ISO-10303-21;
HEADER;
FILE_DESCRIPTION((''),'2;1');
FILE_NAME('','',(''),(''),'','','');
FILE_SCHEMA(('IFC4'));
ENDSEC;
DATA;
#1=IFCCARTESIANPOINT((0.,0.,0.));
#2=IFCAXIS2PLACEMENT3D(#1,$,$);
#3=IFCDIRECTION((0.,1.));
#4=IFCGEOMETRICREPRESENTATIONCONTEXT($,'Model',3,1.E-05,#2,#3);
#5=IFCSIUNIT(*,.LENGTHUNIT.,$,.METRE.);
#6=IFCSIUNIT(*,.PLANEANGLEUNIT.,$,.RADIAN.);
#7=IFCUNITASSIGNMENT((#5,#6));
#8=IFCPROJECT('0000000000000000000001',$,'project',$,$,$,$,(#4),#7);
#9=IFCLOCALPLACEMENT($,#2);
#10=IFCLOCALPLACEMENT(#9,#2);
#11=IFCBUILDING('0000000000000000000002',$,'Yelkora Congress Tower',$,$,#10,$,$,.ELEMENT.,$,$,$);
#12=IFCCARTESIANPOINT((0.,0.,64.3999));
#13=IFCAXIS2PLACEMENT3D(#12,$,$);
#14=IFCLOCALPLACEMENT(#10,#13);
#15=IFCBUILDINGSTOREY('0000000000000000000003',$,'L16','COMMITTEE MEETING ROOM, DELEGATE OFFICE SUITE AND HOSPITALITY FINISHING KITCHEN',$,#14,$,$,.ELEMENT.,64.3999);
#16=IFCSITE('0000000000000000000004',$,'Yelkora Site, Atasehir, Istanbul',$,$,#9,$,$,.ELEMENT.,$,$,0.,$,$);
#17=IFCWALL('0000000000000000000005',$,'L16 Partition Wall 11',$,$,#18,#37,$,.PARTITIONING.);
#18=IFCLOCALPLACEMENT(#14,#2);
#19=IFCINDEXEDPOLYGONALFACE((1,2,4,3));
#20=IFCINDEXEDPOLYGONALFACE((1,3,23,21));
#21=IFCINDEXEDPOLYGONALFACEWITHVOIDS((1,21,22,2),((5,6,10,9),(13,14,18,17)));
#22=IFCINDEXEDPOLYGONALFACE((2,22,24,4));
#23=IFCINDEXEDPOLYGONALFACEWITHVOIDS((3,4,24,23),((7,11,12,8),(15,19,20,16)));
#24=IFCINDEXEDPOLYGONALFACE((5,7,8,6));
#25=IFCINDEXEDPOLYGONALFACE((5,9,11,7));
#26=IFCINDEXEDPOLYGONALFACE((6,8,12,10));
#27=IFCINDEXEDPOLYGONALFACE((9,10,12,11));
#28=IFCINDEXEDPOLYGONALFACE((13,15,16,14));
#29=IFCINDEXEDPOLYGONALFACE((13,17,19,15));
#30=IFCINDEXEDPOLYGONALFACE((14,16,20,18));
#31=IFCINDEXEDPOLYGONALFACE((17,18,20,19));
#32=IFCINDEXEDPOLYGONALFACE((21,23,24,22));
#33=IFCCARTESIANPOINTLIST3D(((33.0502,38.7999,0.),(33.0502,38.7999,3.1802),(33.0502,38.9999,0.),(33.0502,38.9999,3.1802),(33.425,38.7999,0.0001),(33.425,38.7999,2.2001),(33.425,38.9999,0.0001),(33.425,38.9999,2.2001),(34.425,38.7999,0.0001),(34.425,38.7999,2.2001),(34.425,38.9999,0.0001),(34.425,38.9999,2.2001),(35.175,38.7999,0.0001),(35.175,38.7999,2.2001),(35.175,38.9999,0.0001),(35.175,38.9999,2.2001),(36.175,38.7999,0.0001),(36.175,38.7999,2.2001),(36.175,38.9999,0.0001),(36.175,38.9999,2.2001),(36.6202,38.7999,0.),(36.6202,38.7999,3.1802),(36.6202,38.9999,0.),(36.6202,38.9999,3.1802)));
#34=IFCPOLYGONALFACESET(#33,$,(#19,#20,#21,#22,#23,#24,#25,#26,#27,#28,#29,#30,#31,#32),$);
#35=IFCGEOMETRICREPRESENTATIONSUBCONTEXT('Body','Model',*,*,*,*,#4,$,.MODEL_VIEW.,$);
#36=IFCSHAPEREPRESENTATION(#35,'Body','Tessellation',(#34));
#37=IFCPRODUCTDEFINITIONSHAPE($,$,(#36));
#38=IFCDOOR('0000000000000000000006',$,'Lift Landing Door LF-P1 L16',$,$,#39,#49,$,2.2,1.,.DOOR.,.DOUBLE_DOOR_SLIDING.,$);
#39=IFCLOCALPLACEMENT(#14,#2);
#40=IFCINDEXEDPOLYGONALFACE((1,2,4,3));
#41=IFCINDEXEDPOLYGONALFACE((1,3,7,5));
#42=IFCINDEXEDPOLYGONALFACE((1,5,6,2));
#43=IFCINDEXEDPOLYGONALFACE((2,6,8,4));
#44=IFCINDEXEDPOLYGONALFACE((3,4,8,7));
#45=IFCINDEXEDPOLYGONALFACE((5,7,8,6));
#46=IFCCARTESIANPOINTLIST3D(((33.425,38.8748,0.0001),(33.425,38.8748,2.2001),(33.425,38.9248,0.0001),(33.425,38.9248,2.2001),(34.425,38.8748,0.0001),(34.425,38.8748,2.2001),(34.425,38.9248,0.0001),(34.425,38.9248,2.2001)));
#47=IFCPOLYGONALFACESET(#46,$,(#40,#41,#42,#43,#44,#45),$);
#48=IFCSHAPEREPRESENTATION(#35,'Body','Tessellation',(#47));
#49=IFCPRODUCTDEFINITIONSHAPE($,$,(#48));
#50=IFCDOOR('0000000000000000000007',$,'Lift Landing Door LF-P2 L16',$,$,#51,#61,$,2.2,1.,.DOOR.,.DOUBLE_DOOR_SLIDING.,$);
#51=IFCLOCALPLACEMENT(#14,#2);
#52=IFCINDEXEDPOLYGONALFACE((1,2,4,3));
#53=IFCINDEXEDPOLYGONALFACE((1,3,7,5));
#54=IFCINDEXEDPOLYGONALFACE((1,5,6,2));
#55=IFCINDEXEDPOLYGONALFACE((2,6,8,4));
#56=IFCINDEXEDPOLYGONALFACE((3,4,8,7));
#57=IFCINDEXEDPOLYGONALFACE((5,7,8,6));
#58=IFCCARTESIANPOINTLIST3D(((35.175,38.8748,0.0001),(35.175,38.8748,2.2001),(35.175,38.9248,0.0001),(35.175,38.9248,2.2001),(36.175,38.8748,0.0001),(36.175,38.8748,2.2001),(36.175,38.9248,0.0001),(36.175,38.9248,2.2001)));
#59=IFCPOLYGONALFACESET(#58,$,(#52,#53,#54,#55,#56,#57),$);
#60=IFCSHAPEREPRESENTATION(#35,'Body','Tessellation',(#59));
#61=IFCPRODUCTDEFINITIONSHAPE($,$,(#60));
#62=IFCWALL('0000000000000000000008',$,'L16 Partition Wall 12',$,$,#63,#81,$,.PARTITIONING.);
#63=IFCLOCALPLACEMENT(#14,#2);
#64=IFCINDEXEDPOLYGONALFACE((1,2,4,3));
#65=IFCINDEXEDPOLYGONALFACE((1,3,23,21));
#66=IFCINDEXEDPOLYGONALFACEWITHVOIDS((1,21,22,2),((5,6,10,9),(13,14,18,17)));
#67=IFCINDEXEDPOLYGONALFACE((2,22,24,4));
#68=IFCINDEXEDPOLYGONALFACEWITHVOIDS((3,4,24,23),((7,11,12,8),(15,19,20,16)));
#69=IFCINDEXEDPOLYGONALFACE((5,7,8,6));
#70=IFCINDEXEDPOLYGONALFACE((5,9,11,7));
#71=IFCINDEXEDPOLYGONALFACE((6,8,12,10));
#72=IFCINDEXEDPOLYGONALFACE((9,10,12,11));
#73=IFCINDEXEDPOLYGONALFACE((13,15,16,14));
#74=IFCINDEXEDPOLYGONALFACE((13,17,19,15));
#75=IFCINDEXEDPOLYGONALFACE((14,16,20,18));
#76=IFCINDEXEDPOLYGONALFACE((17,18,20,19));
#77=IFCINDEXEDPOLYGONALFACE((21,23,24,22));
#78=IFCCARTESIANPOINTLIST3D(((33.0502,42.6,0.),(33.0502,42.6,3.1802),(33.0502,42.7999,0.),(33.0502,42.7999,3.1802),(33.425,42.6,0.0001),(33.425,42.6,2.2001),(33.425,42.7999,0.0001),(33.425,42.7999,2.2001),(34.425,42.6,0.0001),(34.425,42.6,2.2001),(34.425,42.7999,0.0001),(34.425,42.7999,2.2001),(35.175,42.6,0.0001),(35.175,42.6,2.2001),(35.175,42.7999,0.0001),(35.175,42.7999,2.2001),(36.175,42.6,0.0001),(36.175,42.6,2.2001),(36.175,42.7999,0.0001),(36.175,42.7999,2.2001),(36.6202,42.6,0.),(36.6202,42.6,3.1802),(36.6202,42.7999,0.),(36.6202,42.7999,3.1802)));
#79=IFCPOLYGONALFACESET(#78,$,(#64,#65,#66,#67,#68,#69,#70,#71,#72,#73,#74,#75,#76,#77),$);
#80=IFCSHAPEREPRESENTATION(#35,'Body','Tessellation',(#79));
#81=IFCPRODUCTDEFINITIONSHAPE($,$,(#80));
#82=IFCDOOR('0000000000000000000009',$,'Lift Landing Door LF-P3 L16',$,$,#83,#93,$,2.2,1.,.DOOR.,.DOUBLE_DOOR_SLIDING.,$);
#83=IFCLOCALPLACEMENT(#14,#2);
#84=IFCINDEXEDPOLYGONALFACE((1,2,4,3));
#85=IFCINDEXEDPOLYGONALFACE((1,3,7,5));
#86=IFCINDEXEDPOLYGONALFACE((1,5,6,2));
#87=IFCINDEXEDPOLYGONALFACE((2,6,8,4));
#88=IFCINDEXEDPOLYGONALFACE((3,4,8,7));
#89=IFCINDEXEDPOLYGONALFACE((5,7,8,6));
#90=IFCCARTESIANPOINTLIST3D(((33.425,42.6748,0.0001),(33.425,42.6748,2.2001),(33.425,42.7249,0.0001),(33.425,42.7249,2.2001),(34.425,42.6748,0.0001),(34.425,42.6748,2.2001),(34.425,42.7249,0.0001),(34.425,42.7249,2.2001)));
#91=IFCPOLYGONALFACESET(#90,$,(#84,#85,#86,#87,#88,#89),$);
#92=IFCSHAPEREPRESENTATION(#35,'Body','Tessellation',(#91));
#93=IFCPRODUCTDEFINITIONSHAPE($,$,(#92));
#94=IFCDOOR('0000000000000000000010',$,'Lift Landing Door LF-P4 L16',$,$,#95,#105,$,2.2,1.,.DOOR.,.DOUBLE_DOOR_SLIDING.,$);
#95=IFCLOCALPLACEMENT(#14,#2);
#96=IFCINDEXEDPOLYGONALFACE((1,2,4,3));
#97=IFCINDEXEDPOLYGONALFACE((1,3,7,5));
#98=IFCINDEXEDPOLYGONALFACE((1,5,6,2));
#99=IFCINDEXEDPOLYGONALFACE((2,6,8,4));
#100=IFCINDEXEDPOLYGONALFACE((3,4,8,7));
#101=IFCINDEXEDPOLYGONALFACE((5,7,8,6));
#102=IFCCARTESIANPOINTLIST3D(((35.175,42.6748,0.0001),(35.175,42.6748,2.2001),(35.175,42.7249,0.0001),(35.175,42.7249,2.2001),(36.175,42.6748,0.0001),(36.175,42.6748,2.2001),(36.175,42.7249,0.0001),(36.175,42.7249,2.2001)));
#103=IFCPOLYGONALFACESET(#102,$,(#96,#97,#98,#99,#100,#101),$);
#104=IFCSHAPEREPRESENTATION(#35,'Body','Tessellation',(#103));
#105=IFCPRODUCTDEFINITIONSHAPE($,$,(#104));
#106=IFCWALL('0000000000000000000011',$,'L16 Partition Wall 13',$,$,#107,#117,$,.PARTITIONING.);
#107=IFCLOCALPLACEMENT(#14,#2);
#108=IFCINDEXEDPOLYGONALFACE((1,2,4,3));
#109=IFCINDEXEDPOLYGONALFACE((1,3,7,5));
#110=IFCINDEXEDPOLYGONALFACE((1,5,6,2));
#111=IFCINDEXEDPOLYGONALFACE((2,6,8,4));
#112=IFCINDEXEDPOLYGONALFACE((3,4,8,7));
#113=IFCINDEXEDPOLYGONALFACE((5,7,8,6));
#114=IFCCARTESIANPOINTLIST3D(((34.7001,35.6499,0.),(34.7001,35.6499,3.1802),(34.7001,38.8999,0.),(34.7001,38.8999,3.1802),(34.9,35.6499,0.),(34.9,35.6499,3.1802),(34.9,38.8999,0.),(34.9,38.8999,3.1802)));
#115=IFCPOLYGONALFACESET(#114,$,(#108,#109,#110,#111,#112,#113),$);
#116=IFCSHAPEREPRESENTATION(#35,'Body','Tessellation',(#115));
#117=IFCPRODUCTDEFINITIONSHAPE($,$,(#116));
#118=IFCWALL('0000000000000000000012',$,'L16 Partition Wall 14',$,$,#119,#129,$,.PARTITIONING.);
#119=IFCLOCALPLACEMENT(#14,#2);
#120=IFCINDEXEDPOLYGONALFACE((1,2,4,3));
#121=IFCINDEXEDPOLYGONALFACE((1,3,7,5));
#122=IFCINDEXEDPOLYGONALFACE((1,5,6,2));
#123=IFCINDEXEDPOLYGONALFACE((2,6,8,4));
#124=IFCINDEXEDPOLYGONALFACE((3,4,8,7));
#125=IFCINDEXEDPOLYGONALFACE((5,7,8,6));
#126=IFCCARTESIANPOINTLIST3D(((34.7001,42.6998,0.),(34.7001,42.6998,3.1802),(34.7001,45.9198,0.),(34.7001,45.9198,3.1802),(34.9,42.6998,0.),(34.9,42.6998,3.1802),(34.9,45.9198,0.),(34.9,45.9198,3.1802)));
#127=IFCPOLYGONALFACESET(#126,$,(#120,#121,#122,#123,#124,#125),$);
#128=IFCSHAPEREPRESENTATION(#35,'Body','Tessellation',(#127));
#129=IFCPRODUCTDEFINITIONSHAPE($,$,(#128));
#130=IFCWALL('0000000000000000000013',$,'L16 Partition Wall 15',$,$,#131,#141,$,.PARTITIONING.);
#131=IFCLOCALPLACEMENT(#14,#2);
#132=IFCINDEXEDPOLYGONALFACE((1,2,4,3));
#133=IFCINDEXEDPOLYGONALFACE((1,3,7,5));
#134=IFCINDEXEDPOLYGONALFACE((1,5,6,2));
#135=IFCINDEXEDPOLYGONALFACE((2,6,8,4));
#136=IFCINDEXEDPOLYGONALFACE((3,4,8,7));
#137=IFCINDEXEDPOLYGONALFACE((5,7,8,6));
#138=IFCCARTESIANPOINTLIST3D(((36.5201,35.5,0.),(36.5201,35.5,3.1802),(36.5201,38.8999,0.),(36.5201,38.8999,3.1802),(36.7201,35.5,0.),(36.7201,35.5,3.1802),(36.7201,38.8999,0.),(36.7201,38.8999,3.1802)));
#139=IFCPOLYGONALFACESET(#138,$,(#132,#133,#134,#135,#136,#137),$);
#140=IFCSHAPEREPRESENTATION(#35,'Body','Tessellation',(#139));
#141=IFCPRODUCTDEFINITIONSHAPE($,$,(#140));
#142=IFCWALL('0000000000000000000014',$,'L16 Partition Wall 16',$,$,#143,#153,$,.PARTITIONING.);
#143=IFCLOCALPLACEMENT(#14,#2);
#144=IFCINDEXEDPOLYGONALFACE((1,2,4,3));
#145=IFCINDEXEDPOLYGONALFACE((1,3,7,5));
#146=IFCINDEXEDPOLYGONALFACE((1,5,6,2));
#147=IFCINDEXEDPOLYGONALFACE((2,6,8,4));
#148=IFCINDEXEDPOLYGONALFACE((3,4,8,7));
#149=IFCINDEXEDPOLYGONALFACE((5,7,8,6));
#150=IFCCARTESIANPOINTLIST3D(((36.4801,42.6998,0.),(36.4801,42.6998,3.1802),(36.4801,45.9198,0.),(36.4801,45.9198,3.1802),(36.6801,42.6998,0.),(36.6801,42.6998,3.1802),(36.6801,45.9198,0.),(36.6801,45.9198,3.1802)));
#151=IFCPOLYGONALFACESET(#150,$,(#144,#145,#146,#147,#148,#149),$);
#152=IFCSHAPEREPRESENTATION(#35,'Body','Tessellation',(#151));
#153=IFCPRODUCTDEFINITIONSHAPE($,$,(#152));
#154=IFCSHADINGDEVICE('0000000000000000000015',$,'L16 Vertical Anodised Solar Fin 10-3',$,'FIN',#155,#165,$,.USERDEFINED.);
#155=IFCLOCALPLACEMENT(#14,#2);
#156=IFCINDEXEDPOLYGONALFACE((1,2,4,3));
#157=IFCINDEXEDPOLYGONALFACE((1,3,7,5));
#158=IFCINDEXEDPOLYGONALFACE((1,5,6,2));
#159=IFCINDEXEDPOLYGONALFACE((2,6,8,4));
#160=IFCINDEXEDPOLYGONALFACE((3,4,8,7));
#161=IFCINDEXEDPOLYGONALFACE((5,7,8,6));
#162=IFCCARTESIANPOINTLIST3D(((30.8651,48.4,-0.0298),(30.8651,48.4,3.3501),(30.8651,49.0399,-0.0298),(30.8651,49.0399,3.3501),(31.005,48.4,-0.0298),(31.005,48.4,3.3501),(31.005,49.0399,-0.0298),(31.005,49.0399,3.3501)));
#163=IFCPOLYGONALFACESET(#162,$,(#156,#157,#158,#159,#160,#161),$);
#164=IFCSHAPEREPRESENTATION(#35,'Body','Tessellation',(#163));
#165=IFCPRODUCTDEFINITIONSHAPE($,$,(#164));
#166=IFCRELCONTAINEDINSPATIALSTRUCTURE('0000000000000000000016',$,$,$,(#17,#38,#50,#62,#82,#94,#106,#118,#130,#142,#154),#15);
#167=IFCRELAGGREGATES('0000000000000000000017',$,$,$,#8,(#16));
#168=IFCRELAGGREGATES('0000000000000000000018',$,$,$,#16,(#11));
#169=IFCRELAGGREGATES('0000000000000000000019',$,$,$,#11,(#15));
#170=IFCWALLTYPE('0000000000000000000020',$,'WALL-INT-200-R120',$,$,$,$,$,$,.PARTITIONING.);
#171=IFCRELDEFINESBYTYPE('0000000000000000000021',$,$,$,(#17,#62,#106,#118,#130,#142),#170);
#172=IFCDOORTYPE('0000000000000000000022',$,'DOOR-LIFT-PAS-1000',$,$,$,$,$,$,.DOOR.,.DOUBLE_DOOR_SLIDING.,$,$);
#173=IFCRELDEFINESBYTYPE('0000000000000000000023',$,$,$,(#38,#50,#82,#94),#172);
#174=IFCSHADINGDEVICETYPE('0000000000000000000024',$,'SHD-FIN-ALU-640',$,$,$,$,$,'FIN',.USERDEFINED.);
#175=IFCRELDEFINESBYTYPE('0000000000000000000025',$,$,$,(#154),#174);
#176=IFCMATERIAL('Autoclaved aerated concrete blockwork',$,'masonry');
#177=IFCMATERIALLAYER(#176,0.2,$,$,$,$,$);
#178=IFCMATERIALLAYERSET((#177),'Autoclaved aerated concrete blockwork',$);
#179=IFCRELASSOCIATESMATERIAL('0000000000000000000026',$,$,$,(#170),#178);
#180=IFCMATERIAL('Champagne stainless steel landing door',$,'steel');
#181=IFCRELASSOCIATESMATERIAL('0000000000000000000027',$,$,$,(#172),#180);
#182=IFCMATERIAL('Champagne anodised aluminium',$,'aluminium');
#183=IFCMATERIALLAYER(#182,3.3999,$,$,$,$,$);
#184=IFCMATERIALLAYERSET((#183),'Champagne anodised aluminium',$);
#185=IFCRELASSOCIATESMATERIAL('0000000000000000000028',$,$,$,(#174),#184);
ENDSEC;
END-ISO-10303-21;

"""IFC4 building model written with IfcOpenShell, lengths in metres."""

from ifc_helpers import new_model, si_unit, direction, frame, frame_2d, origin, origin_2d, place, context, subcontext, project, spatial, rectangle, extrude, material, layer, layer_set, type_object, element, fill, save


model = new_model("IFC4")

# Units and contexts
model_context = context("Model", 3, precision=1e-05, world=origin(), true_north=direction((0.0, 1.0)))
body_context = subcontext(model_context, "Body", "Model", "MODEL_VIEW")
ifc_project = project(units=[si_unit("LENGTHUNIT", "METRE"), si_unit("PLANEANGLEUNIT", "RADIAN")], contexts=[model_context])

# Site, building, storey
site_placement = place(None, origin())
site = spatial("IfcSite", under=ifc_project, at=site_placement, Name="Yelkora Site, Atasehir, Istanbul", CompositionType="ELEMENT", RefElevation=0.0)
building_placement = place(site_placement, origin())
building = spatial("IfcBuilding", under=site, at=building_placement, Name="Yelkora Congress Tower", CompositionType="ELEMENT")
storey_placement = place(building_placement, frame((0.0, 0.0, 64.3999)))
storey = spatial("IfcBuildingStorey", under=building, at=storey_placement, Name="L16", Description="COMMITTEE MEETING ROOM, DELEGATE OFFICE SUITE AND HOSPITALITY FINISHING KITCHEN", CompositionType="ELEMENT", Elevation=64.3999)

# Shared definitions
ifc_material_1 = material(Name="Autoclaved aerated concrete blockwork", Category="masonry")
ifc_layer_1 = layer(ifc_material_1, 0.2)
ifc_layer_set_1 = layer_set([ifc_layer_1], Name="Autoclaved aerated concrete blockwork")
wall_type_1 = type_object("IfcWallType", Name="WALL-INT-200-R120", PredefinedType="PARTITIONING", material=ifc_layer_set_1)

# Walls, openings, doors
wall_1_placement = place(storey_placement, frame((33.05, 38.8999, 0.0), z_axis=(0.0, 0.0, 1.0), x_axis=(1.0, 0.0, 0.0)))
wall_1 = element("IfcWall", 1, at=wall_1_placement, inside=storey, type_object=wall_type_1, Name="L16 Partition Wall 11", PredefinedType="PARTITIONING", context=body_context, shape_type="SweptSolid", body=[
    extrude(rectangle(XDim=3.5701, YDim=0.2, at=frame_2d((1.7852, 0.0))), origin(), (0.0, 0.0, 1.0), 3.1802),
])
opening_1_placement = place(wall_1_placement, frame((0.375, 0.0, 0.0)))
opening_1 = element("IfcOpeningElement", 2, at=opening_1_placement, cuts=wall_1, PredefinedType="OPENING", context=body_context, shape_type="SweptSolid", body=[
    extrude(rectangle(XDim=1.0, YDim=2.2, at=frame_2d((0.5, 1.1001))), frame((0.0, 0.1099, 0.0), z_axis=(0.0, -1.0, 0.0), x_axis=(1.0, 0.0, 0.0)), (0.0, 0.0, 1.0), 0.22),
])
opening_2_placement = place(wall_1_placement, frame((2.125, 0.0, 0.0)))
opening_2 = element("IfcOpeningElement", 3, at=opening_2_placement, cuts=wall_1, PredefinedType="OPENING", context=body_context, shape_type="SweptSolid", body=[
    extrude(rectangle(XDim=1.0, YDim=2.2, at=frame_2d((0.5, 1.1001))), frame((0.0, 0.1099, 0.0), z_axis=(0.0, -1.0, 0.0), x_axis=(1.0, 0.0, 0.0)), (0.0, 0.0, 1.0), 0.22),
])
ifc_material_2 = material(Name="Champagne stainless steel landing door", Category="steel")
door_type_1 = type_object("IfcDoorType", Name="DOOR-LIFT-PAS-1000", OperationType="DOUBLE_DOOR_SLIDING", PredefinedType="DOOR", material=ifc_material_2)
door_1_placement = place(opening_1_placement, origin())
door_1 = element("IfcDoor", 4, at=door_1_placement, inside=storey, type_object=door_type_1, Name="Lift Landing Door LF-P1 L16", OperationType="DOUBLE_DOOR_SLIDING", OverallHeight=2.2, OverallWidth=1.0, PredefinedType="DOOR", context=body_context, shape_type="SweptSolid", body=[
    extrude(rectangle(XDim=1.0, YDim=2.2, at=frame_2d((0.5, 1.1001))), frame((0.0, 0.0249, 0.0), z_axis=(0.0, -1.0, 0.0), x_axis=(1.0, 0.0, 0.0)), (0.0, 0.0, 1.0), 0.05),
])
fill(opening_1, door_1)
door_2_placement = place(opening_2_placement, origin())
door_2 = element("IfcDoor", 5, at=door_2_placement, inside=storey, type_object=door_type_1, Name="Lift Landing Door LF-P2 L16", OperationType="DOUBLE_DOOR_SLIDING", OverallHeight=2.2, OverallWidth=1.0, PredefinedType="DOOR", context=body_context, shape_type="SweptSolid", body=[
    extrude(rectangle(XDim=1.0, YDim=2.2, at=frame_2d((0.5, 1.1001))), frame((0.0, 0.0249, 0.0), z_axis=(0.0, -1.0, 0.0), x_axis=(1.0, 0.0, 0.0)), (0.0, 0.0, 1.0), 0.05),
])
fill(opening_2, door_2)
wall_2_placement = place(storey_placement, frame((33.05, 42.7, 0.0), z_axis=(0.0, 0.0, 1.0), x_axis=(1.0, 0.0, 0.0)))
wall_2 = element("IfcWall", 6, at=wall_2_placement, inside=storey, type_object=wall_type_1, Name="L16 Partition Wall 12", PredefinedType="PARTITIONING", context=body_context, shape_type="SweptSolid", body=[
    extrude(rectangle(XDim=3.5701, YDim=0.2, at=frame_2d((1.7852, 0.0))), origin(), (0.0, 0.0, 1.0), 3.1802),
])
opening_3_placement = place(wall_2_placement, frame((0.375, 0.0, 0.0)))
opening_3 = element("IfcOpeningElement", 7, at=opening_3_placement, cuts=wall_2, PredefinedType="OPENING", context=body_context, shape_type="SweptSolid", body=[
    extrude(rectangle(XDim=1.0, YDim=2.2, at=frame_2d((0.5, 1.1001))), frame((0.0, 0.1099, 0.0), z_axis=(0.0, -1.0, 0.0), x_axis=(1.0, 0.0, 0.0)), (0.0, 0.0, 1.0), 0.22),
])
opening_4_placement = place(wall_2_placement, frame((2.125, 0.0, 0.0)))
opening_4 = element("IfcOpeningElement", 8, at=opening_4_placement, cuts=wall_2, PredefinedType="OPENING", context=body_context, shape_type="SweptSolid", body=[
    extrude(rectangle(XDim=1.0, YDim=2.2, at=frame_2d((0.5, 1.1001))), frame((0.0, 0.1099, 0.0), z_axis=(0.0, -1.0, 0.0), x_axis=(1.0, 0.0, 0.0)), (0.0, 0.0, 1.0), 0.22),
])
door_3_placement = place(opening_3_placement, origin())
door_3 = element("IfcDoor", 9, at=door_3_placement, inside=storey, type_object=door_type_1, Name="Lift Landing Door LF-P3 L16", OperationType="DOUBLE_DOOR_SLIDING", OverallHeight=2.2, OverallWidth=1.0, PredefinedType="DOOR", context=body_context, shape_type="SweptSolid", body=[
    extrude(rectangle(XDim=1.0, YDim=2.2, at=frame_2d((0.5, 1.1001))), frame((0.0, 0.0249, 0.0), z_axis=(0.0, -1.0, 0.0), x_axis=(1.0, 0.0, 0.0)), (0.0, 0.0, 1.0), 0.05),
])
fill(opening_3, door_3)
door_4_placement = place(opening_4_placement, origin())
door_4 = element("IfcDoor", 10, at=door_4_placement, inside=storey, type_object=door_type_1, Name="Lift Landing Door LF-P4 L16", OperationType="DOUBLE_DOOR_SLIDING", OverallHeight=2.2, OverallWidth=1.0, PredefinedType="DOOR", context=body_context, shape_type="SweptSolid", body=[
    extrude(rectangle(XDim=1.0, YDim=2.2, at=frame_2d((0.5, 1.1001))), frame((0.0, 0.0249, 0.0), z_axis=(0.0, -1.0, 0.0), x_axis=(1.0, 0.0, 0.0)), (0.0, 0.0, 1.0), 0.05),
])
fill(opening_4, door_4)

# Walls
wall_3_placement = place(storey_placement, frame((34.8, 35.6499, 0.0), z_axis=(0.0, 0.0, 1.0), x_axis=(0.0, 1.0, 0.0)))
element("IfcWall", 11, at=wall_3_placement, inside=storey, type_object=wall_type_1, Name="L16 Partition Wall 13", PredefinedType="PARTITIONING", context=body_context, shape_type="SweptSolid", body=[
    extrude(rectangle(XDim=3.25, YDim=0.2, at=frame_2d((1.625, 0.0))), origin(), (0.0, 0.0, 1.0), 3.1802),
])
wall_4_placement = place(storey_placement, frame((34.8, 42.7, 0.0), z_axis=(0.0, 0.0, 1.0), x_axis=(0.0, 1.0, 0.0)))
element("IfcWall", 12, at=wall_4_placement, inside=storey, type_object=wall_type_1, Name="L16 Partition Wall 14", PredefinedType="PARTITIONING", context=body_context, shape_type="SweptSolid", body=[
    extrude(rectangle(XDim=3.22, YDim=0.2, at=frame_2d((1.6099, 0.0))), origin(), (0.0, 0.0, 1.0), 3.1802),
])
wall_5_placement = place(storey_placement, frame((36.6201, 35.5, 0.0), z_axis=(0.0, 0.0, 1.0), x_axis=(0.0, 1.0, 0.0)))
element("IfcWall", 13, at=wall_5_placement, inside=storey, type_object=wall_type_1, Name="L16 Partition Wall 15", PredefinedType="PARTITIONING", context=body_context, shape_type="SweptSolid", body=[
    extrude(rectangle(XDim=3.3999, YDim=0.2, at=frame_2d((1.7, 0.0))), origin(), (0.0, 0.0, 1.0), 3.1802),
])
wall_6_placement = place(storey_placement, frame((36.5801, 42.7, 0.0), z_axis=(0.0, 0.0, 1.0), x_axis=(0.0, 1.0, 0.0)))
element("IfcWall", 14, at=wall_6_placement, inside=storey, type_object=wall_type_1, Name="L16 Partition Wall 16", PredefinedType="PARTITIONING", context=body_context, shape_type="SweptSolid", body=[
    extrude(rectangle(XDim=3.22, YDim=0.2, at=frame_2d((1.6099, 0.0))), origin(), (0.0, 0.0, 1.0), 3.1802),
])

# Shading device
ifc_material_3 = material(Name="Champagne anodised aluminium", Category="aluminium")
ifc_layer_2 = layer(ifc_material_3, 3.3999)
ifc_layer_set_2 = layer_set([ifc_layer_2], Name="Champagne anodised aluminium")
shading_device_type = type_object("IfcShadingDeviceType", Name="SHD-FIN-ALU-640", ElementType="FIN", PredefinedType="USERDEFINED", material=ifc_layer_set_2)
shading_device_placement = place(storey_placement, frame((30.9351, 48.72, -0.0298), z_axis=(0.0, 0.0, 1.0), x_axis=(1.0, 0.0, 0.0)))
element("IfcShadingDevice", 15, at=shading_device_placement, inside=storey, type_object=shading_device_type, Name="L16 Vertical Anodised Solar Fin 10-3", ObjectType="FIN", PredefinedType="USERDEFINED", context=body_context, shape_type="SweptSolid", body=[
    extrude(rectangle(XDim=0.1399, YDim=0.6399, at=origin_2d()), origin(), (0.0, 0.0, 1.0), 3.3799),
])

save(model, "model.ifc")
